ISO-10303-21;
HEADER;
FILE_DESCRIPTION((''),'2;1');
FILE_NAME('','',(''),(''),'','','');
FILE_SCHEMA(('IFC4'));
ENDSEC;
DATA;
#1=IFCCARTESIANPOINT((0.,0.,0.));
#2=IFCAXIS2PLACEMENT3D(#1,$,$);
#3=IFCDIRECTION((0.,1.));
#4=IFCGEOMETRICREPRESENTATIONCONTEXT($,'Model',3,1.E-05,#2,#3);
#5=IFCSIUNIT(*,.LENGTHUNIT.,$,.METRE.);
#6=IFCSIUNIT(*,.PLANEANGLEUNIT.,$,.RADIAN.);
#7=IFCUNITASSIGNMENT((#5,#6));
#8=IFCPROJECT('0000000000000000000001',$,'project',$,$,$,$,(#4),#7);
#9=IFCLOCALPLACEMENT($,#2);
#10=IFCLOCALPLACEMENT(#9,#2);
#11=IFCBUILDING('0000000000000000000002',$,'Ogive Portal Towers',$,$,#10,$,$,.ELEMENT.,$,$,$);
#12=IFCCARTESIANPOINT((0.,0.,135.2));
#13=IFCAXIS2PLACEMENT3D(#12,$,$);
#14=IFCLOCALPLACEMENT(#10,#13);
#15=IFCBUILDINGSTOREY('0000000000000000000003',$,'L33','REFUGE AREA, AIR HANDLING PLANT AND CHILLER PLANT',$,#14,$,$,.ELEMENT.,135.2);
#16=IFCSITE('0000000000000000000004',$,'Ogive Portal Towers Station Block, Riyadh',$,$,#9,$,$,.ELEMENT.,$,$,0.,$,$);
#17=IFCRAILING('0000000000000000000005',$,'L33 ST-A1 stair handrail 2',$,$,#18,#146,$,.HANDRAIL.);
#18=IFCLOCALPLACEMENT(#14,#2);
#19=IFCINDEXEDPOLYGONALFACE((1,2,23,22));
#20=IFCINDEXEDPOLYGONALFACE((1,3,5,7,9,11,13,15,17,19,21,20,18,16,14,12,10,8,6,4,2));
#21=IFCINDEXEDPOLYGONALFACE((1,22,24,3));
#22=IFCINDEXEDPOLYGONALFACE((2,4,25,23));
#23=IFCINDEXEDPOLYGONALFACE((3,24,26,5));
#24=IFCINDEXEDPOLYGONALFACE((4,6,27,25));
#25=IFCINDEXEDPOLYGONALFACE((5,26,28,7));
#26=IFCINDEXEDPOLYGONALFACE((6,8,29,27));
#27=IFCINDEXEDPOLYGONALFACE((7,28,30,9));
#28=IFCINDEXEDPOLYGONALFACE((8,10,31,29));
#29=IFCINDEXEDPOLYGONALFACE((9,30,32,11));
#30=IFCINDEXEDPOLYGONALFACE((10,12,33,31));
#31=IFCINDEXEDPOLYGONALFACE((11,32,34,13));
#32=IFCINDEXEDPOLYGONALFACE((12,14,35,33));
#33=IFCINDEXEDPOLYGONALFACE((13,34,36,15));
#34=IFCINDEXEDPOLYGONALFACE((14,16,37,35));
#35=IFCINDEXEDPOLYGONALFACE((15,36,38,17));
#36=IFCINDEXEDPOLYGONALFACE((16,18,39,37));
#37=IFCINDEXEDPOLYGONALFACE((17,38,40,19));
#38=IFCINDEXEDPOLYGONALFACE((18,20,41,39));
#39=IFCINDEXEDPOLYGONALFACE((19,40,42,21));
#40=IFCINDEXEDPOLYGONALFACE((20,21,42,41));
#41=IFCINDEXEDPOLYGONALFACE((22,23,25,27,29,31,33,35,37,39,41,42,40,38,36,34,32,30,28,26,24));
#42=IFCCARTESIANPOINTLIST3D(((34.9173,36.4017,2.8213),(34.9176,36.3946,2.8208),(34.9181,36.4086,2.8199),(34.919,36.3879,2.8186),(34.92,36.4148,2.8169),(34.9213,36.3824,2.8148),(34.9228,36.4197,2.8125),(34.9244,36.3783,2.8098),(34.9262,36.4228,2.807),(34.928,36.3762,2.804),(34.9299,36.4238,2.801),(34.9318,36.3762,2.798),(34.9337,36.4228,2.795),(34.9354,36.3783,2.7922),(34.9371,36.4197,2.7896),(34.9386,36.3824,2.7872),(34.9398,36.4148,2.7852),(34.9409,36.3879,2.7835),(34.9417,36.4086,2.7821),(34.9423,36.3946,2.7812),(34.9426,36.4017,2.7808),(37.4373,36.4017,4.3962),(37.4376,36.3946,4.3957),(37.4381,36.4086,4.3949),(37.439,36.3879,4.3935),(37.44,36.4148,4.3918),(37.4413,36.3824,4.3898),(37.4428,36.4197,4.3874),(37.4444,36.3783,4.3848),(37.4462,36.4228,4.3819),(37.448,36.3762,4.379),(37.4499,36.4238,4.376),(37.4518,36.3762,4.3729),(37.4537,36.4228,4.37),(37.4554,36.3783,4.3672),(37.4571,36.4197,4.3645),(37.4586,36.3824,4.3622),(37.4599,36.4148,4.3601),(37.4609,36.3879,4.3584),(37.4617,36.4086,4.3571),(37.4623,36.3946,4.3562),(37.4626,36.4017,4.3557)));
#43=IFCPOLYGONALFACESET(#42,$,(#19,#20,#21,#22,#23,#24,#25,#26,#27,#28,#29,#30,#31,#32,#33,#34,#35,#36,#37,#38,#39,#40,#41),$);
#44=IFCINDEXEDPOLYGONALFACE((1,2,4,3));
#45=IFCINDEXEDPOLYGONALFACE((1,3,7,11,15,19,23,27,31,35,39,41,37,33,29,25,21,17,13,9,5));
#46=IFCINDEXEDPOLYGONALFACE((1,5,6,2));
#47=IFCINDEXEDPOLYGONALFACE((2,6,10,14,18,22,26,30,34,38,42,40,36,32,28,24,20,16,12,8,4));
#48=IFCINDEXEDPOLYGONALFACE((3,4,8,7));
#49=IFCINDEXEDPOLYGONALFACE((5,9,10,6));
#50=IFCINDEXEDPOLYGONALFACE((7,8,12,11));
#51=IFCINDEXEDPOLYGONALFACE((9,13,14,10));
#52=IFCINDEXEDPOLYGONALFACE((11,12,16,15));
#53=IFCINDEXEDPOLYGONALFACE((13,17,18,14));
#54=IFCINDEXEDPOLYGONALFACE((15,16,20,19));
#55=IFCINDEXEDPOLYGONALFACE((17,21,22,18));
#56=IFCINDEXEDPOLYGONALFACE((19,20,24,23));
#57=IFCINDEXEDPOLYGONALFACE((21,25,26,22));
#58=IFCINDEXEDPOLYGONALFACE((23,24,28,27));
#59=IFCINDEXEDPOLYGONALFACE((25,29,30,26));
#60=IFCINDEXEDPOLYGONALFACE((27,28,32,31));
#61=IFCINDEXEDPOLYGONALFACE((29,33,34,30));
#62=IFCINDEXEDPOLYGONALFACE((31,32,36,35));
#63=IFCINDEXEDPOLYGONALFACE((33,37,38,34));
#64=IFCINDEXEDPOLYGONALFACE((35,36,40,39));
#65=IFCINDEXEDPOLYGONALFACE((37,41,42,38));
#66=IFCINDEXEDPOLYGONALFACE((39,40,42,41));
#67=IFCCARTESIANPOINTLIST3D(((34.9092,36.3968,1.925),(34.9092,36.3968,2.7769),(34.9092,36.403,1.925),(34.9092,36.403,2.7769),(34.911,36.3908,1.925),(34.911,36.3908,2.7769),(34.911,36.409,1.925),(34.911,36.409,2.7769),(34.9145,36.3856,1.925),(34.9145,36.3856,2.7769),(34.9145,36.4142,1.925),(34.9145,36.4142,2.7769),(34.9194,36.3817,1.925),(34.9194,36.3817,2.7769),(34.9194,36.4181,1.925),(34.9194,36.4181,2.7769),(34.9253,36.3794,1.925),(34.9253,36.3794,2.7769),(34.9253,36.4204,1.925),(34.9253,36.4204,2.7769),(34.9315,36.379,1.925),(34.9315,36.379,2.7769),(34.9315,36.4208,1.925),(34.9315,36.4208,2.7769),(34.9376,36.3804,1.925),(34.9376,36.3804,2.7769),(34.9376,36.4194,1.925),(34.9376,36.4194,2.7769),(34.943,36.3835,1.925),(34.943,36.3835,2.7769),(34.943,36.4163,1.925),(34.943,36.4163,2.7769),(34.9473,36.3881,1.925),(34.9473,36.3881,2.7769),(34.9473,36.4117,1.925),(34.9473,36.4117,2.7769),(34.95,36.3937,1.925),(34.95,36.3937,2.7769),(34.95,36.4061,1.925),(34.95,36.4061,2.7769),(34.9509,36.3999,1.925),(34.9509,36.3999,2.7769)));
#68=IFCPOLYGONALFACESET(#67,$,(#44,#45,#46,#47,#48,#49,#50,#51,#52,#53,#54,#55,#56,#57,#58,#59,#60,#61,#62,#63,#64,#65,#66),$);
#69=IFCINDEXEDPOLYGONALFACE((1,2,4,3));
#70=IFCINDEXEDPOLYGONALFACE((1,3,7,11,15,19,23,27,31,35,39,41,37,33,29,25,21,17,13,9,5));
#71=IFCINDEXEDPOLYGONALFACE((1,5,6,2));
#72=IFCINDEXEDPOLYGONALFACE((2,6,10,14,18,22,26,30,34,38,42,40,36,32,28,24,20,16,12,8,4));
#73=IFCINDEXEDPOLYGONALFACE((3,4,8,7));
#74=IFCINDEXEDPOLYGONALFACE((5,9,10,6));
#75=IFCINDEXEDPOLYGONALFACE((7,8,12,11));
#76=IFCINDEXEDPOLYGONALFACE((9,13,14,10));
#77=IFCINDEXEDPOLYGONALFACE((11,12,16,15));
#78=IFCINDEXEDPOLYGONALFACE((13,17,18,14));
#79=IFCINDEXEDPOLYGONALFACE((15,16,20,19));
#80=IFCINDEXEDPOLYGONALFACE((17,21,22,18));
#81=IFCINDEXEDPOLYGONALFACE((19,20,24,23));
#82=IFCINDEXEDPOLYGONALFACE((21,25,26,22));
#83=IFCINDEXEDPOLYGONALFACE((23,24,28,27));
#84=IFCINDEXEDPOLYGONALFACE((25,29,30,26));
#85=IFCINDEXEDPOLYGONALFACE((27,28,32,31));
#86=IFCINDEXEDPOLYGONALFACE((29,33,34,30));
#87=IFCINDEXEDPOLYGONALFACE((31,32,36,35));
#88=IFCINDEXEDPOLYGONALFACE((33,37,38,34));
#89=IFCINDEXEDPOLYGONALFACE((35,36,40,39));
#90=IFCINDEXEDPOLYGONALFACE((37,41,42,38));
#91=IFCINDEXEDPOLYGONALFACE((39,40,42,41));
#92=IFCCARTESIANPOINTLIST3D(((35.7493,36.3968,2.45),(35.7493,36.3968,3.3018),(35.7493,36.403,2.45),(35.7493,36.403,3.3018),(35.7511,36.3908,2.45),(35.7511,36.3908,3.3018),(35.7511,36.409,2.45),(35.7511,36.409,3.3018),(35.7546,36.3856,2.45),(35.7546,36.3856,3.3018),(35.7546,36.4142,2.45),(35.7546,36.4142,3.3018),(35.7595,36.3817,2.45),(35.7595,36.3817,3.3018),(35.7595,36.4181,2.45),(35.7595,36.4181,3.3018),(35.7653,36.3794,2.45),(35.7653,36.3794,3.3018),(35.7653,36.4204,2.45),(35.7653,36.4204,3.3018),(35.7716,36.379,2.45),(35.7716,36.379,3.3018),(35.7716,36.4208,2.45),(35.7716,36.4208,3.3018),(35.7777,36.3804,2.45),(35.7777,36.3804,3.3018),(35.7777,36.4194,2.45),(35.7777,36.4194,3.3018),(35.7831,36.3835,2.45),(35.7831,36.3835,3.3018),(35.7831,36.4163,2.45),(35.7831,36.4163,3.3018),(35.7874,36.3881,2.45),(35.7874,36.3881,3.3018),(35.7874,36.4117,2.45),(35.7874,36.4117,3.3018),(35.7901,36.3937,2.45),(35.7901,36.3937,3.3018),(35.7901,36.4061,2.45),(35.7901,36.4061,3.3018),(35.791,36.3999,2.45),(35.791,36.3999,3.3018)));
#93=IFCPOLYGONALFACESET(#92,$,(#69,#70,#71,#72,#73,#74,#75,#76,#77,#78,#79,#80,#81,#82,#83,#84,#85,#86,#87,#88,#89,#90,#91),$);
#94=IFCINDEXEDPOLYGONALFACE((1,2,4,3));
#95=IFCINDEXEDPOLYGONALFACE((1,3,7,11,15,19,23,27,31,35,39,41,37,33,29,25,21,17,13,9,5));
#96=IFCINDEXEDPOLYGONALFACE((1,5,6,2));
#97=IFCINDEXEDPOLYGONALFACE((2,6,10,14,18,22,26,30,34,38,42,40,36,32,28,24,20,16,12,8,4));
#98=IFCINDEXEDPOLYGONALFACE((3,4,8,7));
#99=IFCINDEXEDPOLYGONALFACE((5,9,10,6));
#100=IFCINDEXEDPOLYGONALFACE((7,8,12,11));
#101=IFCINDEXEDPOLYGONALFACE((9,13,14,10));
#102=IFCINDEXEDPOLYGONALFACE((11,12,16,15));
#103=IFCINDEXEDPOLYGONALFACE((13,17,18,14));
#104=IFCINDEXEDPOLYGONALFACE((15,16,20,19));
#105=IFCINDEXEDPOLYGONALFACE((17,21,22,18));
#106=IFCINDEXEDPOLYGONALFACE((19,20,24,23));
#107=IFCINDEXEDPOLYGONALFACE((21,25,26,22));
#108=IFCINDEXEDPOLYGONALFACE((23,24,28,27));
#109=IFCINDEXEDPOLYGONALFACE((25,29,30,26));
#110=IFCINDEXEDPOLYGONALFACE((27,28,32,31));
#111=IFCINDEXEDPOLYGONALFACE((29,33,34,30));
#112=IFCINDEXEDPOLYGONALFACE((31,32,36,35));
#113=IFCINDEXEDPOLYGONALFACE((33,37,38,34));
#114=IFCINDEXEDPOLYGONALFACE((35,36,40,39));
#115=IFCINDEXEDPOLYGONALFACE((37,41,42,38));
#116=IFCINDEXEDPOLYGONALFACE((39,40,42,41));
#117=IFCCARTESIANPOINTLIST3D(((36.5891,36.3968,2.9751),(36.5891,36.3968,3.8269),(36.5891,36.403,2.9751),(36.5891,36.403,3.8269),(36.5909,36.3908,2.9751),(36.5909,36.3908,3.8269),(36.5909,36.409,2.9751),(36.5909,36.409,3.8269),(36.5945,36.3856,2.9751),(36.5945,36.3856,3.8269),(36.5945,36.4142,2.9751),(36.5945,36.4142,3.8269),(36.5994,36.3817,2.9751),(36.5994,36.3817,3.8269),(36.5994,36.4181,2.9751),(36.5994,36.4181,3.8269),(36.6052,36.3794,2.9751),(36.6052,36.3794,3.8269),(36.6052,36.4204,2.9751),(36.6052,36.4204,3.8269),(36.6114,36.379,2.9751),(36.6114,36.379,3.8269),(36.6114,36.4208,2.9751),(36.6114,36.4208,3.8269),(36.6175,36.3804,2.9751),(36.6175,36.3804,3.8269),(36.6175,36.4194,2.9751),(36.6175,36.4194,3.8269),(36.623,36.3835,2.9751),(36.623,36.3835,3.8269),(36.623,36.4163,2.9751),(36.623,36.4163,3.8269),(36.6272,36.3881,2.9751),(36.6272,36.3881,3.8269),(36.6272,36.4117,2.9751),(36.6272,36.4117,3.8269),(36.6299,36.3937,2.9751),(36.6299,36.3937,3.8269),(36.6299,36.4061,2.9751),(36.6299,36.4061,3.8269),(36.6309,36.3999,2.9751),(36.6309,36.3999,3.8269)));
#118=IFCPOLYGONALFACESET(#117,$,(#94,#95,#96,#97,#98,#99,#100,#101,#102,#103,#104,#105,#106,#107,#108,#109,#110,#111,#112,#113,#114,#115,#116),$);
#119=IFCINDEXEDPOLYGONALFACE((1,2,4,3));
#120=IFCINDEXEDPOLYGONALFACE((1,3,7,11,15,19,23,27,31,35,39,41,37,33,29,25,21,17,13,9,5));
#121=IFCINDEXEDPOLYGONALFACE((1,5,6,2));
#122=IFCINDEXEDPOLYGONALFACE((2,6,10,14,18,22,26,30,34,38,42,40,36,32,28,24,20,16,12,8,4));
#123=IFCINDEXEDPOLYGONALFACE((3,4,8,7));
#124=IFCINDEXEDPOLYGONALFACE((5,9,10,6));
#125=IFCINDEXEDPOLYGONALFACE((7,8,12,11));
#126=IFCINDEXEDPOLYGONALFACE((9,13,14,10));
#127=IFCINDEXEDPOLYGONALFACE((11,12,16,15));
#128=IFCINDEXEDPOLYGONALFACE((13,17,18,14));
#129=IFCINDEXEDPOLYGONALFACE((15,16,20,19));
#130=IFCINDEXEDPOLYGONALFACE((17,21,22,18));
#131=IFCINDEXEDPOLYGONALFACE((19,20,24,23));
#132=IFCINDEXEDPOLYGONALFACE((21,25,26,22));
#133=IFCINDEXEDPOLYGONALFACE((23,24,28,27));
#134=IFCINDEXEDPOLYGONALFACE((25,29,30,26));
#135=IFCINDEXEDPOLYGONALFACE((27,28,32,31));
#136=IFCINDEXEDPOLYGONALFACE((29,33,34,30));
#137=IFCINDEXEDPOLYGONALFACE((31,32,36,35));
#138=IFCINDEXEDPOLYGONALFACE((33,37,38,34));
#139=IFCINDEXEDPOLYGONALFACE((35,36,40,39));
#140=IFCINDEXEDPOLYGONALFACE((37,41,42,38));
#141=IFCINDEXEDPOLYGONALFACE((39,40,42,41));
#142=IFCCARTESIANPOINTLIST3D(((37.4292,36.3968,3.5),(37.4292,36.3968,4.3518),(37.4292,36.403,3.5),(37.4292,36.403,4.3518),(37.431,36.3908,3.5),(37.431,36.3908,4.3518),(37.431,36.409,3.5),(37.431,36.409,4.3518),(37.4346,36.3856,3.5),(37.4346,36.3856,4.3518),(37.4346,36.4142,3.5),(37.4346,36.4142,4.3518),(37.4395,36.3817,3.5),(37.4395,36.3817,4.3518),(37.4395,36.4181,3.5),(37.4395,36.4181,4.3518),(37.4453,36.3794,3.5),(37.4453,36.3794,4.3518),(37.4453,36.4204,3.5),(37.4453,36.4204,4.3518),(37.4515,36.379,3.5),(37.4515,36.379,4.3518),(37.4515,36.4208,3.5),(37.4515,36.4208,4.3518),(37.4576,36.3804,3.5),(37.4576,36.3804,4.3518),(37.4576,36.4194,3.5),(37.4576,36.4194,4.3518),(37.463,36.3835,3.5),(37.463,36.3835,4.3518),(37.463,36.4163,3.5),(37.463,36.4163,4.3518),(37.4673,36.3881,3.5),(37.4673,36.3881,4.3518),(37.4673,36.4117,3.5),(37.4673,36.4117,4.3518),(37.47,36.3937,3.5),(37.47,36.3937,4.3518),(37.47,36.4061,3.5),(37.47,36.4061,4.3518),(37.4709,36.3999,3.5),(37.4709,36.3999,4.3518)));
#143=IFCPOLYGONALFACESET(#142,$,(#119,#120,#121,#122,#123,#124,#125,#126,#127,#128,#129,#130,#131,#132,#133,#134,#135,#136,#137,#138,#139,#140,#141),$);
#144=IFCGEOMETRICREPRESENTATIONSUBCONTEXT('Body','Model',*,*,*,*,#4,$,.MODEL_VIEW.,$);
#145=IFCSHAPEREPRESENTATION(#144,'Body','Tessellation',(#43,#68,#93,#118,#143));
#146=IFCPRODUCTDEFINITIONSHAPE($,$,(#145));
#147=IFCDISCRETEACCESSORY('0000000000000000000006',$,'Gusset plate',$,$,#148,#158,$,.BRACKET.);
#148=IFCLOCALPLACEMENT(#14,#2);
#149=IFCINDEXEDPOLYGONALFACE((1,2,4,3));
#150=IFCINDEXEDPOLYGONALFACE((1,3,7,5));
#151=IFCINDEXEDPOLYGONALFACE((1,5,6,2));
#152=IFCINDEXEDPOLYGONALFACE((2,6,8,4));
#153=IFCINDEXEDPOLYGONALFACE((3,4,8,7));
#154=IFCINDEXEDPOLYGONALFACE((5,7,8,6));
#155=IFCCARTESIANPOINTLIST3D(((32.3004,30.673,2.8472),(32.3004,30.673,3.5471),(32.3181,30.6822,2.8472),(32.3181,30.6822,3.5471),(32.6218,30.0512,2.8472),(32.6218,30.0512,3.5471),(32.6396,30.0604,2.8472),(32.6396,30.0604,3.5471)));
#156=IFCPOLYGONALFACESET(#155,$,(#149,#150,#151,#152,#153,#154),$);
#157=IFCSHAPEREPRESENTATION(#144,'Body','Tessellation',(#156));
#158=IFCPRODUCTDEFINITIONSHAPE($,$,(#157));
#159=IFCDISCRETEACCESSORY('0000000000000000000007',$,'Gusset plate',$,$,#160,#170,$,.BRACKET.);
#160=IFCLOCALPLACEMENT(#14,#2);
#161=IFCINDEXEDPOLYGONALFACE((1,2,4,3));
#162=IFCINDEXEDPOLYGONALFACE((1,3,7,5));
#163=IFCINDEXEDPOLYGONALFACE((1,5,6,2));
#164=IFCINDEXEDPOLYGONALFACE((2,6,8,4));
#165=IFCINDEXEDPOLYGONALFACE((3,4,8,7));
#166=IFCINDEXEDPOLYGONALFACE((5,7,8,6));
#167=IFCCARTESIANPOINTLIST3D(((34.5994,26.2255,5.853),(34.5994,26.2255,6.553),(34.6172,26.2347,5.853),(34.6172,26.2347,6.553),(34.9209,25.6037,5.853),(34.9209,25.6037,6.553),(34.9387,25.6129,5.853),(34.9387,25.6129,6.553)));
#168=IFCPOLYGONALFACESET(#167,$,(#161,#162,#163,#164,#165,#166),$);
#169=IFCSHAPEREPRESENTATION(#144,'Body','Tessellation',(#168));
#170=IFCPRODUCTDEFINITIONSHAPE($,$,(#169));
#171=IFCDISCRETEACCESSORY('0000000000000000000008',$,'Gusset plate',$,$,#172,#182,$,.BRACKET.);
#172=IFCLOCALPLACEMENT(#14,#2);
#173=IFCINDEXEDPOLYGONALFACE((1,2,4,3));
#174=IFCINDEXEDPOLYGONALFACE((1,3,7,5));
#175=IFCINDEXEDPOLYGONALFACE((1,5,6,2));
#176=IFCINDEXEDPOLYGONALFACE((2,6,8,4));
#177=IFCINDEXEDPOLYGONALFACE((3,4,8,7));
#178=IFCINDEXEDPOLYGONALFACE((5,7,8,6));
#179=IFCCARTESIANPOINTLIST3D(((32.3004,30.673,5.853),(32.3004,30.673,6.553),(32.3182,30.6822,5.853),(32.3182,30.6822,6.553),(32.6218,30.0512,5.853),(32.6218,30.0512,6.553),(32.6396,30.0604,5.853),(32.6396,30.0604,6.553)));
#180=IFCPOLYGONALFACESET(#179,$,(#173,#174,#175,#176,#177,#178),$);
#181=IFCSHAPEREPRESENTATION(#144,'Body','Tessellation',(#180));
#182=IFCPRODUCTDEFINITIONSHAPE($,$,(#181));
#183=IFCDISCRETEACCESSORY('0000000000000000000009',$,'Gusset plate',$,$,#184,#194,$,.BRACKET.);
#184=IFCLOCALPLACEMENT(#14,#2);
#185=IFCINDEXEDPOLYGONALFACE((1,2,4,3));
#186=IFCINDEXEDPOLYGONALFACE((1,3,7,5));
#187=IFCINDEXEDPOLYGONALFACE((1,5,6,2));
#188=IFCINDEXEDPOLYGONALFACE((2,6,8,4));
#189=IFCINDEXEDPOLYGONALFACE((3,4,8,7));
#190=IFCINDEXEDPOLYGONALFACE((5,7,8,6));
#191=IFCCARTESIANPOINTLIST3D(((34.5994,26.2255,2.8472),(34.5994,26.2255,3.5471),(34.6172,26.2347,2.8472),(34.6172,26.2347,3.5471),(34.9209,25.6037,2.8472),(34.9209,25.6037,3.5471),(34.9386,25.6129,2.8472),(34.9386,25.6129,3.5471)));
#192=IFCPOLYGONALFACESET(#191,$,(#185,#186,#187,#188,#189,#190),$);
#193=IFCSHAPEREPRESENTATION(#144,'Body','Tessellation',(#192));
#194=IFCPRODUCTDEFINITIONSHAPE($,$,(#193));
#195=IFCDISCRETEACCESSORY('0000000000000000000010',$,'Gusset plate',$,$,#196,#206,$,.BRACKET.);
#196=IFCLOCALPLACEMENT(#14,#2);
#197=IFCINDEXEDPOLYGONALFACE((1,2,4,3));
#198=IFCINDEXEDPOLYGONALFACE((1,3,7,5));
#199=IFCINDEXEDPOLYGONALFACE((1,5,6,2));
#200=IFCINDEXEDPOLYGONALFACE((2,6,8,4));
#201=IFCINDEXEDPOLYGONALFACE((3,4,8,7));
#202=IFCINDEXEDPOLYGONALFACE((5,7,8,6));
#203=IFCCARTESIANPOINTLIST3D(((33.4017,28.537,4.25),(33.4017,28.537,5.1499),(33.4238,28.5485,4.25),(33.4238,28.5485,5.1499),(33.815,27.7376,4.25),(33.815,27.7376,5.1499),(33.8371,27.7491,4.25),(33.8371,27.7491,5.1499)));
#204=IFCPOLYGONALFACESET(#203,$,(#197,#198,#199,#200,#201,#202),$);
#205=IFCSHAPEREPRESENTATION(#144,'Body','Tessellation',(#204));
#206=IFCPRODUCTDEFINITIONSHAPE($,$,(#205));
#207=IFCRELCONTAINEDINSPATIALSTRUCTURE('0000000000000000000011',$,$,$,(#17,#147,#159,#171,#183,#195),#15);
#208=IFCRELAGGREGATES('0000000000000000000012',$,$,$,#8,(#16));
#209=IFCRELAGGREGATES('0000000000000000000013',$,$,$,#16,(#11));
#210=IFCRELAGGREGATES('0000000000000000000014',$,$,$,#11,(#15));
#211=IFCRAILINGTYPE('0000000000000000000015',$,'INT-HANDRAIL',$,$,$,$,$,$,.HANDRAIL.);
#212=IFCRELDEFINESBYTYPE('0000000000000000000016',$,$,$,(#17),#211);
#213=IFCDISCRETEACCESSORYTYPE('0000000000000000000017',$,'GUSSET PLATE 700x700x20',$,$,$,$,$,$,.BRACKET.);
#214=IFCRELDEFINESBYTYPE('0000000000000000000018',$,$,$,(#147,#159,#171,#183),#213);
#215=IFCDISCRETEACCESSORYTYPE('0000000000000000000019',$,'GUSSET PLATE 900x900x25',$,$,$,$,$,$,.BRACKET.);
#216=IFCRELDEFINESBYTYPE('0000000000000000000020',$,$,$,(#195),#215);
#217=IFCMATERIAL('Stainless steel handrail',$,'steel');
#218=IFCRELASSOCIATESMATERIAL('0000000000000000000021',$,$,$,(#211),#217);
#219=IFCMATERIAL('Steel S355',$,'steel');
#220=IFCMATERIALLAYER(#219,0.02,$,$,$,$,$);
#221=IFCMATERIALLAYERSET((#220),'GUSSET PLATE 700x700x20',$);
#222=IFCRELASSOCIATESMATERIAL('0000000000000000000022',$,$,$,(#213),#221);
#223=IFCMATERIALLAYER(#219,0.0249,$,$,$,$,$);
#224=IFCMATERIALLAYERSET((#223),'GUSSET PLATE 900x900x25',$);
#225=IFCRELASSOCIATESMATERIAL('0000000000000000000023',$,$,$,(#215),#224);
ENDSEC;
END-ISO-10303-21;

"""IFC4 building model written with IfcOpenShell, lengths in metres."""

from ifc_helpers import new_model, si_unit, direction, frame, origin, origin_2d, place, context, subcontext, project, spatial, rectangle, circle, extrude, material, layer, layer_set, type_object, element, save


model = new_model("IFC4")

# Units and contexts
model_context = context("Model", 3, precision=1e-05, world=origin(), true_north=direction((0.0, 1.0)))
body_context = subcontext(model_context, "Body", "Model", "MODEL_VIEW")
ifc_project = project(units=[si_unit("LENGTHUNIT", "METRE"), si_unit("PLANEANGLEUNIT", "RADIAN")], contexts=[model_context])

# Site, building, storey
site_placement = place(None, origin())
site = spatial("IfcSite", under=ifc_project, at=site_placement, Name="Ogive Portal Towers Station Block, Riyadh", CompositionType="ELEMENT", RefElevation=0.0)
building_placement = place(site_placement, origin())
building = spatial("IfcBuilding", under=site, at=building_placement, Name="Ogive Portal Towers", CompositionType="ELEMENT")
storey_placement = place(building_placement, frame((0.0, 0.0, 135.2)))
storey = spatial("IfcBuildingStorey", under=building, at=storey_placement, Name="L33", Description="REFUGE AREA, AIR HANDLING PLANT AND CHILLER PLANT", CompositionType="ELEMENT", Elevation=135.2)

# Shared definitions
ifc_material_1 = material(Name="Steel S355", Category="steel")

# Railing
ifc_material_2 = material(Name="Stainless steel handrail", Category="steel")
railing_type_1 = type_object("IfcRailingType", Name="INT-HANDRAIL", PredefinedType="HANDRAIL", material=ifc_material_2)
railing_placement = place(storey_placement, frame((34.9299, 36.3999, 1.925)))
element("IfcRailing", 1, at=railing_placement, inside=storey, type_object=railing_type_1, Name="L33 ST-A1 stair handrail 2", PredefinedType="HANDRAIL", context=body_context, shape_type="SweptSolid", body=[
    extrude(circle(Radius=0.0239, at=origin_2d()), frame((0.0, 0.0, 0.876), z_axis=(0.848008, 0.0, 0.529984), x_axis=(0.0, 1.0, 0.0)), (0.0, 0.0, 1.0), 2.9717),
    extrude(circle(Radius=0.021, at=origin_2d()), origin(), (0.0, 0.0, 1.0), 0.8518),
    extrude(circle(Radius=0.021, at=origin_2d()), frame((0.8401, 0.0, 0.5249)), (0.0, 0.0, 1.0), 0.8518),
    extrude(circle(Radius=0.021, at=origin_2d()), frame((1.6799, 0.0, 1.05)), (0.0, 0.0, 1.0), 0.8518),
    extrude(circle(Radius=0.021, at=origin_2d()), frame((2.52, 0.0, 1.575)), (0.0, 0.0, 1.0), 0.8518),
])

# Discrete accessories
ifc_layer_1 = layer(ifc_material_1, 0.02)
ifc_layer_set_1 = layer_set([ifc_layer_1], Name="GUSSET PLATE 700x700x20")
discrete_accessory_type_1 = type_object("IfcDiscreteAccessoryType", Name="GUSSET PLATE 700x700x20", PredefinedType="BRACKET", material=ifc_layer_set_1)
for number, where, z_axis, x_axis, name in (
    (2, (32.47, 30.3667, 2.8472), (0.0, 0.0, 1.0), (0.459223, -0.888321, 0.0), "Gusset plate"),
    (3, (34.769, 25.9192, 5.853), (0.0, 0.0, 1.0), (0.459223, -0.888321, 0.0), "Gusset plate"),
    (4, (32.47, 30.3667, 5.853), (0.0, 0.0, 1.0), (0.459208, -0.888329, 0.0), "Gusset plate"),
    (5, (34.769, 25.9192, 2.8472), (0.0, 0.0, 1.0), (0.459208, -0.888329, 0.0), "Gusset plate"),
):
    element("IfcDiscreteAccessory", number, at=place(storey_placement, frame(where, z_axis=z_axis, x_axis=x_axis)), inside=storey, type_object=discrete_accessory_type_1, Name=name, PredefinedType="BRACKET", context=body_context, shape_type="SweptSolid", body=[
        extrude(rectangle(XDim=0.7, YDim=0.02, at=origin_2d()), origin(), (0.0, 0.0, 1.0), 0.7),
    ])
ifc_layer_2 = layer(ifc_material_1, 0.0249)
ifc_layer_set_2 = layer_set([ifc_layer_2], Name="GUSSET PLATE 900x900x25")
discrete_accessory_type_2 = type_object("IfcDiscreteAccessoryType", Name="GUSSET PLATE 900x900x25", PredefinedType="BRACKET", material=ifc_layer_set_2)
discrete_accessory_placement = place(storey_placement, frame((33.6194, 28.1431, 4.25), z_axis=(0.0, 0.0, 1.0), x_axis=(0.459223, -0.888321, 0.0)))
element("IfcDiscreteAccessory", 6, at=discrete_accessory_placement, inside=storey, type_object=discrete_accessory_type_2, Name="Gusset plate", PredefinedType="BRACKET", context=body_context, shape_type="SweptSolid", body=[
    extrude(rectangle(XDim=0.8999, YDim=0.0249, at=origin_2d()), origin(), (0.0, 0.0, 1.0), 0.8999),
])

save(model, "model.ifc")
